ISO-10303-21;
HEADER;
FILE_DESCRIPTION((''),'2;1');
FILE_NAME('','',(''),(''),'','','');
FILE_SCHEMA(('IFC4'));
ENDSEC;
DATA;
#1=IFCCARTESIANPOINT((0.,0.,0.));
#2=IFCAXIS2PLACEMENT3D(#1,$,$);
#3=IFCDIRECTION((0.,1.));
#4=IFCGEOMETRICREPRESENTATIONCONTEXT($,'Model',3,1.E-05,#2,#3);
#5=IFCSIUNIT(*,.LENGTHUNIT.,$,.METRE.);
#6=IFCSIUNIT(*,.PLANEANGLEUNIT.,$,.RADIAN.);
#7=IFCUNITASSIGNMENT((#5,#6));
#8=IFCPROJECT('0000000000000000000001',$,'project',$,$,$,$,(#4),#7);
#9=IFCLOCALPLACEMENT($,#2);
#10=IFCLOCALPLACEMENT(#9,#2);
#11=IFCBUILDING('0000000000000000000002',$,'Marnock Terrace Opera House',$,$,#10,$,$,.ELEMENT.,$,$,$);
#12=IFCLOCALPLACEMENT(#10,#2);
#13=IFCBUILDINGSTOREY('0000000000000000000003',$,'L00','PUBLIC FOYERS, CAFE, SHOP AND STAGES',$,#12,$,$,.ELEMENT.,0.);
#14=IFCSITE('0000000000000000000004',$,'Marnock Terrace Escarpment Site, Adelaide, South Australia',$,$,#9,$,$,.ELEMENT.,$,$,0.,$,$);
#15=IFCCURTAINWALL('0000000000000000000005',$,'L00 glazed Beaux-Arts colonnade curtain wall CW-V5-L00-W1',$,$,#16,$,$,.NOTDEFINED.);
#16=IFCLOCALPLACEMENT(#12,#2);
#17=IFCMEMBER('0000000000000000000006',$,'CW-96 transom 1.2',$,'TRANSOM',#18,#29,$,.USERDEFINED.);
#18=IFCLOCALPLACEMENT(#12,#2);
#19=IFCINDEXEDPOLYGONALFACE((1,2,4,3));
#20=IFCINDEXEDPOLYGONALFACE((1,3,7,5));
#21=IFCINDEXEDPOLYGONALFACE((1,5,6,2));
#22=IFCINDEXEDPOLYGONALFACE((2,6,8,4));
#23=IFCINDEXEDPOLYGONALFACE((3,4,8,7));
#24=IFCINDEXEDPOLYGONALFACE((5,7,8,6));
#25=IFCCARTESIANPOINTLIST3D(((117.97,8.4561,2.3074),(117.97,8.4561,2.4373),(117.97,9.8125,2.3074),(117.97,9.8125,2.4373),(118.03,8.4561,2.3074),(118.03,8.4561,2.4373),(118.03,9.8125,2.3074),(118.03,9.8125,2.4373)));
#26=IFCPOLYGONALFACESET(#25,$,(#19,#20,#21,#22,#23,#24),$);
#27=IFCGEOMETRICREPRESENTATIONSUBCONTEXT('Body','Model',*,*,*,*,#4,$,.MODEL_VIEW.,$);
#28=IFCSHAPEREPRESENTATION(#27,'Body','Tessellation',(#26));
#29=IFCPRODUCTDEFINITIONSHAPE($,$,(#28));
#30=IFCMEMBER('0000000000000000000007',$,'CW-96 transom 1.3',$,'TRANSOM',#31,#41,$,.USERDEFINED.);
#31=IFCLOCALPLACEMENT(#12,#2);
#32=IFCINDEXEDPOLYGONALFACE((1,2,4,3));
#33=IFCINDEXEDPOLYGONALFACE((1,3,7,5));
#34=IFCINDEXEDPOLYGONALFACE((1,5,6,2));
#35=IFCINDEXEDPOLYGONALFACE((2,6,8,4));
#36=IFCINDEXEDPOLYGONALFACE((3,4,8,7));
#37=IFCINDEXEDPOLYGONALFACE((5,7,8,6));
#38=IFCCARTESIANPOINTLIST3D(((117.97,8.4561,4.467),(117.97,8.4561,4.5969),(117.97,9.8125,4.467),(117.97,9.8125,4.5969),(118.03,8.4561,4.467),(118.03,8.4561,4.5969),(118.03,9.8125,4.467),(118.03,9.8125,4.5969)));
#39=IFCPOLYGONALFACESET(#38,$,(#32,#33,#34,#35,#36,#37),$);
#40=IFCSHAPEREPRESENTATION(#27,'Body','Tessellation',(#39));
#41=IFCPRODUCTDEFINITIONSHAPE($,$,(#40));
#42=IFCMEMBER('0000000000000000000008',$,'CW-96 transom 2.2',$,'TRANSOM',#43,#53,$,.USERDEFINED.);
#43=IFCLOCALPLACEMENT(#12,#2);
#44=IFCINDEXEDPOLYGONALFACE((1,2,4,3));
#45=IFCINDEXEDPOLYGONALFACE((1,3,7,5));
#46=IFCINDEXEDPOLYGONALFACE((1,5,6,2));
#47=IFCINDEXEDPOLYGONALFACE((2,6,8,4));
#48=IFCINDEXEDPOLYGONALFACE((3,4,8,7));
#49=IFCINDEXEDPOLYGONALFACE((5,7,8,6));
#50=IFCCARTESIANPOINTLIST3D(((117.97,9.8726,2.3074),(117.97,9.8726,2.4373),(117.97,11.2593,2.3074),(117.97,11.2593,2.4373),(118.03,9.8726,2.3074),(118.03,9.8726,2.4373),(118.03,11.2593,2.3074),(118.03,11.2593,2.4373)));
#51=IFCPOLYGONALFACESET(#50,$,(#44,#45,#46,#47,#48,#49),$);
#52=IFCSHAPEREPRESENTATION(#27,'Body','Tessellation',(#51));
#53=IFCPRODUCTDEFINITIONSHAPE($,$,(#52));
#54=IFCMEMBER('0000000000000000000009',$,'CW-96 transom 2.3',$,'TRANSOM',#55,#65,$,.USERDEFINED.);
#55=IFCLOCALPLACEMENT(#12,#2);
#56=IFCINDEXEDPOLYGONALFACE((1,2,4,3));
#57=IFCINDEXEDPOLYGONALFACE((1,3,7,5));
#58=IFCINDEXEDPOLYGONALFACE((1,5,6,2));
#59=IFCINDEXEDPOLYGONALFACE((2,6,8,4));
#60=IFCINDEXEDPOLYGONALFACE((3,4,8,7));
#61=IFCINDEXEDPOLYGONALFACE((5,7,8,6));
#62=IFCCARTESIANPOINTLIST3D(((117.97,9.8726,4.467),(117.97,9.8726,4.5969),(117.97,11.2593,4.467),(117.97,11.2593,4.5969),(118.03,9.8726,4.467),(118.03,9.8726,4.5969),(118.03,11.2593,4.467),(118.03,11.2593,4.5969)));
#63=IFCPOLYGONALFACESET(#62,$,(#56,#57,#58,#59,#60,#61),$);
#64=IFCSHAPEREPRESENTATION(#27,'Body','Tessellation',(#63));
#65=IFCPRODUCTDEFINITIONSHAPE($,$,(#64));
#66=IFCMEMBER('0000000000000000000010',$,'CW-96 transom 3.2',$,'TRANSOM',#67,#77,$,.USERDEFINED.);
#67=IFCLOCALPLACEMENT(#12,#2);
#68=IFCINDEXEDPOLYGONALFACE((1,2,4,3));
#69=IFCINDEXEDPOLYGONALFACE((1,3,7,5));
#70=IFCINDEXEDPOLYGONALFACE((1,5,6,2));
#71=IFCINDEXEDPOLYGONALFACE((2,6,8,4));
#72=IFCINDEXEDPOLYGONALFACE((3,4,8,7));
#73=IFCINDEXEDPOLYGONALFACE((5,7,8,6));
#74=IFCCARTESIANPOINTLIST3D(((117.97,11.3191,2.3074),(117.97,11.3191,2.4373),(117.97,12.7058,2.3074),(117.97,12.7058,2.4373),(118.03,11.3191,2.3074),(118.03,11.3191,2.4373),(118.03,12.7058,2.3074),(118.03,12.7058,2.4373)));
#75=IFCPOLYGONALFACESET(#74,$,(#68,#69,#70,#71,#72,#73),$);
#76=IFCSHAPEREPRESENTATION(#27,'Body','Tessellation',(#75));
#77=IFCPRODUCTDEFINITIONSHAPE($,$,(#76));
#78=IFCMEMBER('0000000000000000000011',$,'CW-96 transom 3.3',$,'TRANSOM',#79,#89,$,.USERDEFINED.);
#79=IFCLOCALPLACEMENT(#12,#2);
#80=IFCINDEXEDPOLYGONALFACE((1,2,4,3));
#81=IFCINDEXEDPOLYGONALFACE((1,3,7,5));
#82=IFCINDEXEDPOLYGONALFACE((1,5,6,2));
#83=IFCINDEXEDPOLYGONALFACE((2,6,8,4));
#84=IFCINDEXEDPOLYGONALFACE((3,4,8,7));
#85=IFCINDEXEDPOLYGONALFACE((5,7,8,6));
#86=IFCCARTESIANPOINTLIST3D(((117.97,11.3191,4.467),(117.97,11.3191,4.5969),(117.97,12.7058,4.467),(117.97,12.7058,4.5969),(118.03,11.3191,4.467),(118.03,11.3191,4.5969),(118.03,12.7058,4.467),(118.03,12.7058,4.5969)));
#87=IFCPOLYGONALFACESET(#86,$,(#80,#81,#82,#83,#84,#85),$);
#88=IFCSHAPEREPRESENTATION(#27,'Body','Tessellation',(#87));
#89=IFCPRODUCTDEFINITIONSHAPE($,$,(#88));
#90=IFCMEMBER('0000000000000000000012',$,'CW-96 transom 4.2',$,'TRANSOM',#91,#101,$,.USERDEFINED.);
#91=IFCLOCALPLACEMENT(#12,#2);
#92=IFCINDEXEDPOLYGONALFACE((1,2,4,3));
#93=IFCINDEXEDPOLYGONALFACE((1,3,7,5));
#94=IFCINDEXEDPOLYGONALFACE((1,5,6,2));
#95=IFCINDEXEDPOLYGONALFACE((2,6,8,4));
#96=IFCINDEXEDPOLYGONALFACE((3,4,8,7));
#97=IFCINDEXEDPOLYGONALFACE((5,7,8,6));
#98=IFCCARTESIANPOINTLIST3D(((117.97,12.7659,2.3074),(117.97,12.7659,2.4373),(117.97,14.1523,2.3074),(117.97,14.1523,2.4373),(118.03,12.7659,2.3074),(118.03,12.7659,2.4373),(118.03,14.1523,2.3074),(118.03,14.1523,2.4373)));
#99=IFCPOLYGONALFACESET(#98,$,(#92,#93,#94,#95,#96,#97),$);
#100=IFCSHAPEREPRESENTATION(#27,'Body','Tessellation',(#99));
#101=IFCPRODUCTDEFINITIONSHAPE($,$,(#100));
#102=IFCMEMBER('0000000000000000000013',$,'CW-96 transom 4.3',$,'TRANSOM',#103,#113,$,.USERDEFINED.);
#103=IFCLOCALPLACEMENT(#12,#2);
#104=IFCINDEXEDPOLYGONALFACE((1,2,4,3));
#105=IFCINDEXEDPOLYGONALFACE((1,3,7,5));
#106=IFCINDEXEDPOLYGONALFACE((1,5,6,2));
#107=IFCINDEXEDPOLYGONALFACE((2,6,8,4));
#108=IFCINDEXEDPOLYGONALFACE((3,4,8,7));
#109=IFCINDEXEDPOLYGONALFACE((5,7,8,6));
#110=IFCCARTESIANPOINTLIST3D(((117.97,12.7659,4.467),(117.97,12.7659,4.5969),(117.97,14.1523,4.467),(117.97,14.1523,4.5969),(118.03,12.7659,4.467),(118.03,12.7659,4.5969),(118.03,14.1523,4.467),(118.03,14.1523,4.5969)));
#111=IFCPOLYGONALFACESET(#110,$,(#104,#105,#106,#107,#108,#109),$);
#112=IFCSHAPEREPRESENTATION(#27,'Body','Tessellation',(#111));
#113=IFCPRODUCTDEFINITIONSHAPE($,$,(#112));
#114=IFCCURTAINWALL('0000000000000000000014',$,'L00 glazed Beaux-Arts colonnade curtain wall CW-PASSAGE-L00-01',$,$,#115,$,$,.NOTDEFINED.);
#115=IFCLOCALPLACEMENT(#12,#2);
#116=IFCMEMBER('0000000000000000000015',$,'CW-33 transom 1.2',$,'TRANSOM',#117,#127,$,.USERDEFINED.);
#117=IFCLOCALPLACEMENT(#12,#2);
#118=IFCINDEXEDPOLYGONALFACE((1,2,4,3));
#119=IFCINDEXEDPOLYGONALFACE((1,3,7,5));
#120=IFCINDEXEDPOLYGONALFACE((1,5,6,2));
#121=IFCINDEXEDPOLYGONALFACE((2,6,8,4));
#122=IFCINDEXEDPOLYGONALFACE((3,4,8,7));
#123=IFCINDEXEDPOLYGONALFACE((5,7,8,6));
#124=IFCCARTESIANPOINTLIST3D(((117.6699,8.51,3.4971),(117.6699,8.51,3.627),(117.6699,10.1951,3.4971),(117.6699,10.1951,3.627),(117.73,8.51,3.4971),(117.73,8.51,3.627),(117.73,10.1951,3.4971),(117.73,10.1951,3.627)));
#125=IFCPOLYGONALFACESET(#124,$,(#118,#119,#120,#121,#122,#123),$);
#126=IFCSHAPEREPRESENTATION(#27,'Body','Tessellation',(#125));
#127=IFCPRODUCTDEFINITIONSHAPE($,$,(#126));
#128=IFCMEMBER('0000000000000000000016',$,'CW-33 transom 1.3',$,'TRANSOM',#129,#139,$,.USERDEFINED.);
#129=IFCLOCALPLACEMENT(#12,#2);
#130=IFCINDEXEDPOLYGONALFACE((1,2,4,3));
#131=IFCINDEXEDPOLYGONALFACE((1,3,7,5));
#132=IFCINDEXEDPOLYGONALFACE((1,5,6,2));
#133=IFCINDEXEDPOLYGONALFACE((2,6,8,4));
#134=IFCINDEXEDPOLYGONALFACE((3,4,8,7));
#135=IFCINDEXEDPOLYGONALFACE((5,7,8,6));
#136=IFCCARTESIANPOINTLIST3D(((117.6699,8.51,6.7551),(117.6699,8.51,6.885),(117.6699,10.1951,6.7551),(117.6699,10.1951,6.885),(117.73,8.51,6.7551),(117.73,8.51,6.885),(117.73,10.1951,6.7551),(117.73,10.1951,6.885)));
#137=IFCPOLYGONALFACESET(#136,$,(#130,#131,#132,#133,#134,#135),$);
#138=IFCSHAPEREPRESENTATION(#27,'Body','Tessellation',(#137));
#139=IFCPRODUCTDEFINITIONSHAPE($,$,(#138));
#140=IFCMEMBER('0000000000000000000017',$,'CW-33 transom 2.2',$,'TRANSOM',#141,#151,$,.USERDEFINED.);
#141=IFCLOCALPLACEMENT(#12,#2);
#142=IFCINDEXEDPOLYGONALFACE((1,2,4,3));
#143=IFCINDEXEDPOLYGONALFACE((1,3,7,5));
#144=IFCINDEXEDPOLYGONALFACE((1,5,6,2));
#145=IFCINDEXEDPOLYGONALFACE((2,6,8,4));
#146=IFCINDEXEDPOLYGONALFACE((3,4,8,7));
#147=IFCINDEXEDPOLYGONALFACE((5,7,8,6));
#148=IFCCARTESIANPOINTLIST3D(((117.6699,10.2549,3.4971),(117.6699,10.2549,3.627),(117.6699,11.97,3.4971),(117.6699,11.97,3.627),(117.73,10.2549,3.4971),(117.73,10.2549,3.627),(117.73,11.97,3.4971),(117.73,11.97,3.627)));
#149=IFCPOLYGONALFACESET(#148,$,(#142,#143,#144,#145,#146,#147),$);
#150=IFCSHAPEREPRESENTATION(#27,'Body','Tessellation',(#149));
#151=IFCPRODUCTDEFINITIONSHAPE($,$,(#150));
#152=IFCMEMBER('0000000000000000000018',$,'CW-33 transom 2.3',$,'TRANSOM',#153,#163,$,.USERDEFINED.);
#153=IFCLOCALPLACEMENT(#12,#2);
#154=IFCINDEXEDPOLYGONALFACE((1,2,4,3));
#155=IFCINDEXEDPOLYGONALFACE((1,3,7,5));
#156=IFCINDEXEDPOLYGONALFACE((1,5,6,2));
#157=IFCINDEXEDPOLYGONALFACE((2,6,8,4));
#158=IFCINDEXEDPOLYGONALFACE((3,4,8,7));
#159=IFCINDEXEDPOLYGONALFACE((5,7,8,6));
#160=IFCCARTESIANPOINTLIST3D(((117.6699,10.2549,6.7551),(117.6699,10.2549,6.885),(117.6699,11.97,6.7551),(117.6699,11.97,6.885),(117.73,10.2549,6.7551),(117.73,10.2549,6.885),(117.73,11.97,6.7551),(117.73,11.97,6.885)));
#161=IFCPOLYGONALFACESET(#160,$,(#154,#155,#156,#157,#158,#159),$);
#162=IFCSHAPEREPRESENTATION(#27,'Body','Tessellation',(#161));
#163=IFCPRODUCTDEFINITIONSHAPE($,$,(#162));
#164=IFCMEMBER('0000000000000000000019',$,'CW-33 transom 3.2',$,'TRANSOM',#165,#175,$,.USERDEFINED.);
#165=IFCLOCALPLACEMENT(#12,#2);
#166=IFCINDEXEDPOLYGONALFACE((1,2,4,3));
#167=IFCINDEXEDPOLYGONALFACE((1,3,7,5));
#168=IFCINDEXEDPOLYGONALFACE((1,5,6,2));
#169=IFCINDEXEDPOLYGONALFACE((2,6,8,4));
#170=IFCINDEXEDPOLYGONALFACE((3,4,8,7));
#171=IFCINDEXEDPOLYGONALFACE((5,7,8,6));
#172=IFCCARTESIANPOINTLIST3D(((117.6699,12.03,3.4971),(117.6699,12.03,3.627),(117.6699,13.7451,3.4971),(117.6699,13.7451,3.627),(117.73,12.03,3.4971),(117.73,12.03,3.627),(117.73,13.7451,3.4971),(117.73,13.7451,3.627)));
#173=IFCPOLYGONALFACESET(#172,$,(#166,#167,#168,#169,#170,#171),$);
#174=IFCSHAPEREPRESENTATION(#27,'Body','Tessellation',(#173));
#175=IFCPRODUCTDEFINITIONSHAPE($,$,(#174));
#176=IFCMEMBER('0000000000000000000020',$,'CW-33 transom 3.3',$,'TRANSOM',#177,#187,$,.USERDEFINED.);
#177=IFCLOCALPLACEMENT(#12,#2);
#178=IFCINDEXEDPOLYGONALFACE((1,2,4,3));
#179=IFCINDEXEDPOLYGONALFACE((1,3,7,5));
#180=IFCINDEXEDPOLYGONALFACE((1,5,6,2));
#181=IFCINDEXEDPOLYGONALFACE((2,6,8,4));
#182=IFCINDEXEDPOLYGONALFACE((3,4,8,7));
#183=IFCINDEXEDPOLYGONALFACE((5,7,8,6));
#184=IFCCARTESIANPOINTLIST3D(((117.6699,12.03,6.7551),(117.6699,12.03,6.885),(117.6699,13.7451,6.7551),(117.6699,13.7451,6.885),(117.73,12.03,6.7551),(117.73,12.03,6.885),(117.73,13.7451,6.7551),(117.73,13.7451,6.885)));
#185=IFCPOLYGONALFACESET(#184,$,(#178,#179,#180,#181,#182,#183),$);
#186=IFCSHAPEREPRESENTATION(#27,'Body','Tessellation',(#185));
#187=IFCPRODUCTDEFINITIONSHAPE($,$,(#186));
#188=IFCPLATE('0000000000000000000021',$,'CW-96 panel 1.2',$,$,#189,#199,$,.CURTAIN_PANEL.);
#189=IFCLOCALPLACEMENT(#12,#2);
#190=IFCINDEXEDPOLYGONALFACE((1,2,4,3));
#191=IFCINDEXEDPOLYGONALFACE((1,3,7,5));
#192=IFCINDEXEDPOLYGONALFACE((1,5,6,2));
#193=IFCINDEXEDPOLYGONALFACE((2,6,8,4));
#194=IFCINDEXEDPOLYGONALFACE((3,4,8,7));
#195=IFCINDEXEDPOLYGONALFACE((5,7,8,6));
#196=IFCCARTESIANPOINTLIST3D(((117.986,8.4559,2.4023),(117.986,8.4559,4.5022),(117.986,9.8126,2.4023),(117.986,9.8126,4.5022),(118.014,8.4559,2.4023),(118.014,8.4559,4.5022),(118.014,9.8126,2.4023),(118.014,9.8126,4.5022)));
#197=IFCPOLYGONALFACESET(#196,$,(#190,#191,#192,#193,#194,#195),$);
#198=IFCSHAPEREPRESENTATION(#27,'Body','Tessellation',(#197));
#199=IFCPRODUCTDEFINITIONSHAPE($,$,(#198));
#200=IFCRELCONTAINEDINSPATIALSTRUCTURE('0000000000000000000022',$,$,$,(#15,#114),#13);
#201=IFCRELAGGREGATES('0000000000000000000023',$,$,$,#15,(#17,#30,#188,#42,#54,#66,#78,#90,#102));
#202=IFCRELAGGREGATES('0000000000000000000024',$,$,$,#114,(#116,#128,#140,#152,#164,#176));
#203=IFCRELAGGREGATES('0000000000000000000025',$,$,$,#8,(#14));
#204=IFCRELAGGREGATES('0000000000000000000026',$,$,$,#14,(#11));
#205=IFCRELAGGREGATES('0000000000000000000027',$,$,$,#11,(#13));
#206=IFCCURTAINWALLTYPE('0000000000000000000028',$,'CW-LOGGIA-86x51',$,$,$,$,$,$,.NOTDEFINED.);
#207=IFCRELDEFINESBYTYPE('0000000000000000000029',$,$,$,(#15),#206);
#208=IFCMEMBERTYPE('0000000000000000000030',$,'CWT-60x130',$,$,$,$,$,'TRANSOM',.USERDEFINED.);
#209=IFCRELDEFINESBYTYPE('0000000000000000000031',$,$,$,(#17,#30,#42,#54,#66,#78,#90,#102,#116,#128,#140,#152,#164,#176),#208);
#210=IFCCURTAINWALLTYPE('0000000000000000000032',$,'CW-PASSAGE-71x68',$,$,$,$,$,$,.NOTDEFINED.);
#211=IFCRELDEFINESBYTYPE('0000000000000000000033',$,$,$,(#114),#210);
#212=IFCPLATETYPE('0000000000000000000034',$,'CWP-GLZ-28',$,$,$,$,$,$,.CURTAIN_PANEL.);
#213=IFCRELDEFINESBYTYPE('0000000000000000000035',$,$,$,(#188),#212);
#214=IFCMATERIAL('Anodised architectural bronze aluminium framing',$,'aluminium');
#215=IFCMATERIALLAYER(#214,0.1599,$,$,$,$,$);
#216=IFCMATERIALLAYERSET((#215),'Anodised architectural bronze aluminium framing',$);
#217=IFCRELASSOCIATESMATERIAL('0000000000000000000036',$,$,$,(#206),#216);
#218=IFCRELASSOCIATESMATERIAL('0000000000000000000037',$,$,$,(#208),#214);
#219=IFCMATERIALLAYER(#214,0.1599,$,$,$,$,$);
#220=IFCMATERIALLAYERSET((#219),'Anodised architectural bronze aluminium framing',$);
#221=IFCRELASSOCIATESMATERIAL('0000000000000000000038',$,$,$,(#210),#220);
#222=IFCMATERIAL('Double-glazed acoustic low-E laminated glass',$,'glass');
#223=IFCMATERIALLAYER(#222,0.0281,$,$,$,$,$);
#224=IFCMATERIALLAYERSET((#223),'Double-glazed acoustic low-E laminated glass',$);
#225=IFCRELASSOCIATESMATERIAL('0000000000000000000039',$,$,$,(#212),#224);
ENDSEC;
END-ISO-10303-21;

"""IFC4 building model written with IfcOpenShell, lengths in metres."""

from ifc_helpers import new_model, si_unit, direction, frame, origin, origin_2d, place, context, subcontext, project, spatial, rectangle, extrude, material, layer, layer_set, material_profile, profile_set, type_object, element, aggregate, save


model = new_model("IFC4")

# Units and contexts
model_context = context("Model", 3, precision=1e-05, world=origin(), true_north=direction((0.0, 1.0)))
body_context = subcontext(model_context, "Body", "Model", "MODEL_VIEW")
ifc_project = project(units=[si_unit("LENGTHUNIT", "METRE"), si_unit("PLANEANGLEUNIT", "RADIAN")], contexts=[model_context])

# Site, building, storey
site_placement = place(None, origin())
site = spatial("IfcSite", under=ifc_project, at=site_placement, Name="Marnock Terrace Escarpment Site, Adelaide, South Australia", CompositionType="ELEMENT", RefElevation=0.0)
building_placement = place(site_placement, origin())
building = spatial("IfcBuilding", under=site, at=building_placement, Name="Marnock Terrace Opera House", CompositionType="ELEMENT")
storey_placement = place(building_placement, origin())
storey = spatial("IfcBuildingStorey", under=building, at=storey_placement, Name="L00", Description="PUBLIC FOYERS, CAFE, SHOP AND STAGES", CompositionType="ELEMENT", Elevation=0.0)

# Curtain walls, members
ifc_material_1 = material(Name="Anodised architectural bronze aluminium framing", Category="aluminium")
ifc_layer_1 = layer(ifc_material_1, 0.1599)
ifc_layer_set_1 = layer_set([ifc_layer_1], Name="Anodised architectural bronze aluminium framing")
curtain_wall_type_1 = type_object("IfcCurtainWallType", Name="CW-LOGGIA-86x51", PredefinedType="NOTDEFINED", material=ifc_layer_set_1)
curtain_wall_1_placement = place(storey_placement, origin())
curtain_wall_1 = element("IfcCurtainWall", 1, at=curtain_wall_1_placement, inside=storey, type_object=curtain_wall_type_1, Name="L00 glazed Beaux-Arts colonnade curtain wall CW-V5-L00-W1", PredefinedType="NOTDEFINED")
ifc_material_profile = material_profile(ifc_material_1, rectangle(XDim=0.0601, YDim=0.1299, at=origin_2d()))
ifc_profile_set = profile_set([ifc_material_profile], Name="Anodised architectural bronze aluminium framing")
member_type = type_object("IfcMemberType", Name="CWT-60x130", ElementType="TRANSOM", PredefinedType="USERDEFINED", material=ifc_profile_set)
member_1_placement = place(storey_placement, frame((118.0, 8.4561, 2.3723), z_axis=(0.0, 1.0, 0.0), x_axis=(-1.0, 0.0, 0.0)))
member_1 = element("IfcMember", 2, at=member_1_placement, type_object=member_type, Name="CW-96 transom 1.2", ObjectType="TRANSOM", PredefinedType="USERDEFINED", context=body_context, shape_type="SweptSolid", body=[
    extrude(rectangle(XDim=0.0601, YDim=0.1299, at=origin_2d()), origin(), (0.0, 0.0, 1.0), 1.3564),
])
member_2_placement = place(storey_placement, frame((118.0, 8.4561, 4.532), z_axis=(0.0, 1.0, 0.0), x_axis=(-1.0, 0.0, 0.0)))
member_2 = element("IfcMember", 3, at=member_2_placement, type_object=member_type, Name="CW-96 transom 1.3", ObjectType="TRANSOM", PredefinedType="USERDEFINED", context=body_context, shape_type="SweptSolid", body=[
    extrude(rectangle(XDim=0.0601, YDim=0.1299, at=origin_2d()), origin(), (0.0, 0.0, 1.0), 1.3564),
])
member_3_placement = place(storey_placement, frame((118.0, 9.8726, 2.3723), z_axis=(0.0, 1.0, 0.0), x_axis=(-1.0, 0.0, 0.0)))
member_3 = element("IfcMember", 4, at=member_3_placement, type_object=member_type, Name="CW-96 transom 2.2", ObjectType="TRANSOM", PredefinedType="USERDEFINED", context=body_context, shape_type="SweptSolid", body=[
    extrude(rectangle(XDim=0.0601, YDim=0.1299, at=origin_2d()), origin(), (0.0, 0.0, 1.0), 1.3867),
])
member_4_placement = place(storey_placement, frame((118.0, 9.8726, 4.532), z_axis=(0.0, 1.0, 0.0), x_axis=(-1.0, 0.0, 0.0)))
member_4 = element("IfcMember", 5, at=member_4_placement, type_object=member_type, Name="CW-96 transom 2.3", ObjectType="TRANSOM", PredefinedType="USERDEFINED", context=body_context, shape_type="SweptSolid", body=[
    extrude(rectangle(XDim=0.0601, YDim=0.1299, at=origin_2d()), origin(), (0.0, 0.0, 1.0), 1.3867),
])
member_5_placement = place(storey_placement, frame((118.0, 11.3191, 2.3723), z_axis=(0.0, 1.0, 0.0), x_axis=(-1.0, 0.0, 0.0)))
member_5 = element("IfcMember", 6, at=member_5_placement, type_object=member_type, Name="CW-96 transom 3.2", ObjectType="TRANSOM", PredefinedType="USERDEFINED", context=body_context, shape_type="SweptSolid", body=[
    extrude(rectangle(XDim=0.0601, YDim=0.1299, at=origin_2d()), origin(), (0.0, 0.0, 1.0), 1.3867),
])
member_6_placement = place(storey_placement, frame((118.0, 11.3191, 4.532), z_axis=(0.0, 1.0, 0.0), x_axis=(-1.0, 0.0, 0.0)))
member_6 = element("IfcMember", 7, at=member_6_placement, type_object=member_type, Name="CW-96 transom 3.3", ObjectType="TRANSOM", PredefinedType="USERDEFINED", context=body_context, shape_type="SweptSolid", body=[
    extrude(rectangle(XDim=0.0601, YDim=0.1299, at=origin_2d()), origin(), (0.0, 0.0, 1.0), 1.3867),
])
member_7_placement = place(storey_placement, frame((118.0, 12.7659, 2.3723), z_axis=(0.0, 1.0, 0.0), x_axis=(-1.0, 0.0, 0.0)))
member_7 = element("IfcMember", 8, at=member_7_placement, type_object=member_type, Name="CW-96 transom 4.2", ObjectType="TRANSOM", PredefinedType="USERDEFINED", context=body_context, shape_type="SweptSolid", body=[
    extrude(rectangle(XDim=0.0601, YDim=0.1299, at=origin_2d()), origin(), (0.0, 0.0, 1.0), 1.3865),
])
member_8_placement = place(storey_placement, frame((118.0, 12.7659, 4.532), z_axis=(0.0, 1.0, 0.0), x_axis=(-1.0, 0.0, 0.0)))
member_8 = element("IfcMember", 9, at=member_8_placement, type_object=member_type, Name="CW-96 transom 4.3", ObjectType="TRANSOM", PredefinedType="USERDEFINED", context=body_context, shape_type="SweptSolid", body=[
    extrude(rectangle(XDim=0.0601, YDim=0.1299, at=origin_2d()), origin(), (0.0, 0.0, 1.0), 1.3865),
])
ifc_layer_2 = layer(ifc_material_1, 0.1599)
ifc_layer_set_2 = layer_set([ifc_layer_2], Name="Anodised architectural bronze aluminium framing")
curtain_wall_type_2 = type_object("IfcCurtainWallType", Name="CW-PASSAGE-71x68", PredefinedType="NOTDEFINED", material=ifc_layer_set_2)
curtain_wall_2_placement = place(storey_placement, origin())
curtain_wall_2 = element("IfcCurtainWall", 10, at=curtain_wall_2_placement, inside=storey, type_object=curtain_wall_type_2, Name="L00 glazed Beaux-Arts colonnade curtain wall CW-PASSAGE-L00-01", PredefinedType="NOTDEFINED")
member_9_placement = place(storey_placement, frame((117.7, 8.51, 3.562), z_axis=(0.0, 1.0, 0.0), x_axis=(-1.0, 0.0, 0.0)))
member_9 = element("IfcMember", 11, at=member_9_placement, type_object=member_type, Name="CW-33 transom 1.2", ObjectType="TRANSOM", PredefinedType="USERDEFINED", context=body_context, shape_type="SweptSolid", body=[
    extrude(rectangle(XDim=0.0601, YDim=0.1299, at=origin_2d()), origin(), (0.0, 0.0, 1.0), 1.6851),
])
member_10_placement = place(storey_placement, frame((117.7, 8.51, 6.8201), z_axis=(0.0, 1.0, 0.0), x_axis=(-1.0, 0.0, 0.0)))
member_10 = element("IfcMember", 12, at=member_10_placement, type_object=member_type, Name="CW-33 transom 1.3", ObjectType="TRANSOM", PredefinedType="USERDEFINED", context=body_context, shape_type="SweptSolid", body=[
    extrude(rectangle(XDim=0.0601, YDim=0.1299, at=origin_2d()), origin(), (0.0, 0.0, 1.0), 1.6851),
])
member_11_placement = place(storey_placement, frame((117.7, 10.2549, 3.562), z_axis=(0.0, 1.0, 0.0), x_axis=(-1.0, 0.0, 0.0)))
member_11 = element("IfcMember", 13, at=member_11_placement, type_object=member_type, Name="CW-33 transom 2.2", ObjectType="TRANSOM", PredefinedType="USERDEFINED", context=body_context, shape_type="SweptSolid", body=[
    extrude(rectangle(XDim=0.0601, YDim=0.1299, at=origin_2d()), origin(), (0.0, 0.0, 1.0), 1.7151),
])
member_12_placement = place(storey_placement, frame((117.7, 10.2549, 6.8201), z_axis=(0.0, 1.0, 0.0), x_axis=(-1.0, 0.0, 0.0)))
member_12 = element("IfcMember", 14, at=member_12_placement, type_object=member_type, Name="CW-33 transom 2.3", ObjectType="TRANSOM", PredefinedType="USERDEFINED", context=body_context, shape_type="SweptSolid", body=[
    extrude(rectangle(XDim=0.0601, YDim=0.1299, at=origin_2d()), origin(), (0.0, 0.0, 1.0), 1.7151),
])
member_13_placement = place(storey_placement, frame((117.7, 12.03, 3.562), z_axis=(0.0, 1.0, 0.0), x_axis=(-1.0, 0.0, 0.0)))
member_13 = element("IfcMember", 15, at=member_13_placement, type_object=member_type, Name="CW-33 transom 3.2", ObjectType="TRANSOM", PredefinedType="USERDEFINED", context=body_context, shape_type="SweptSolid", body=[
    extrude(rectangle(XDim=0.0601, YDim=0.1299, at=origin_2d()), origin(), (0.0, 0.0, 1.0), 1.7151),
])
member_14_placement = place(storey_placement, frame((117.7, 12.03, 6.8201), z_axis=(0.0, 1.0, 0.0), x_axis=(-1.0, 0.0, 0.0)))
member_14 = element("IfcMember", 16, at=member_14_placement, type_object=member_type, Name="CW-33 transom 3.3", ObjectType="TRANSOM", PredefinedType="USERDEFINED", context=body_context, shape_type="SweptSolid", body=[
    extrude(rectangle(XDim=0.0601, YDim=0.1299, at=origin_2d()), origin(), (0.0, 0.0, 1.0), 1.7151),
])

# Plate
ifc_material_2 = material(Name="Double-glazed acoustic low-E laminated glass", Category="glass")
ifc_layer_3 = layer(ifc_material_2, 0.0281)
ifc_layer_set_3 = layer_set([ifc_layer_3], Name="Double-glazed acoustic low-E laminated glass")
plate_type = type_object("IfcPlateType", Name="CWP-GLZ-28", PredefinedType="CURTAIN_PANEL", material=ifc_layer_set_3)
plate_1_placement = place(storey_placement, frame((118.0, 9.1343, 2.4023), z_axis=(0.0, 0.0, 1.0), x_axis=(0.0, 1.0, 0.0)))
plate_1 = element("IfcPlate", 17, at=plate_1_placement, type_object=plate_type, Name="CW-96 panel 1.2", PredefinedType="CURTAIN_PANEL", context=body_context, shape_type="SweptSolid", body=[
    extrude(rectangle(XDim=1.3567, YDim=0.0281, at=origin_2d()), origin(), (0.0, 0.0, 1.0), 2.0999),
])
aggregate(curtain_wall_1, [member_1, member_2, plate_1, member_3, member_4, member_5, member_6, member_7, member_8])
aggregate(curtain_wall_2, [member_9, member_10, member_11, member_12, member_13, member_14])

save(model, "model.ifc")
